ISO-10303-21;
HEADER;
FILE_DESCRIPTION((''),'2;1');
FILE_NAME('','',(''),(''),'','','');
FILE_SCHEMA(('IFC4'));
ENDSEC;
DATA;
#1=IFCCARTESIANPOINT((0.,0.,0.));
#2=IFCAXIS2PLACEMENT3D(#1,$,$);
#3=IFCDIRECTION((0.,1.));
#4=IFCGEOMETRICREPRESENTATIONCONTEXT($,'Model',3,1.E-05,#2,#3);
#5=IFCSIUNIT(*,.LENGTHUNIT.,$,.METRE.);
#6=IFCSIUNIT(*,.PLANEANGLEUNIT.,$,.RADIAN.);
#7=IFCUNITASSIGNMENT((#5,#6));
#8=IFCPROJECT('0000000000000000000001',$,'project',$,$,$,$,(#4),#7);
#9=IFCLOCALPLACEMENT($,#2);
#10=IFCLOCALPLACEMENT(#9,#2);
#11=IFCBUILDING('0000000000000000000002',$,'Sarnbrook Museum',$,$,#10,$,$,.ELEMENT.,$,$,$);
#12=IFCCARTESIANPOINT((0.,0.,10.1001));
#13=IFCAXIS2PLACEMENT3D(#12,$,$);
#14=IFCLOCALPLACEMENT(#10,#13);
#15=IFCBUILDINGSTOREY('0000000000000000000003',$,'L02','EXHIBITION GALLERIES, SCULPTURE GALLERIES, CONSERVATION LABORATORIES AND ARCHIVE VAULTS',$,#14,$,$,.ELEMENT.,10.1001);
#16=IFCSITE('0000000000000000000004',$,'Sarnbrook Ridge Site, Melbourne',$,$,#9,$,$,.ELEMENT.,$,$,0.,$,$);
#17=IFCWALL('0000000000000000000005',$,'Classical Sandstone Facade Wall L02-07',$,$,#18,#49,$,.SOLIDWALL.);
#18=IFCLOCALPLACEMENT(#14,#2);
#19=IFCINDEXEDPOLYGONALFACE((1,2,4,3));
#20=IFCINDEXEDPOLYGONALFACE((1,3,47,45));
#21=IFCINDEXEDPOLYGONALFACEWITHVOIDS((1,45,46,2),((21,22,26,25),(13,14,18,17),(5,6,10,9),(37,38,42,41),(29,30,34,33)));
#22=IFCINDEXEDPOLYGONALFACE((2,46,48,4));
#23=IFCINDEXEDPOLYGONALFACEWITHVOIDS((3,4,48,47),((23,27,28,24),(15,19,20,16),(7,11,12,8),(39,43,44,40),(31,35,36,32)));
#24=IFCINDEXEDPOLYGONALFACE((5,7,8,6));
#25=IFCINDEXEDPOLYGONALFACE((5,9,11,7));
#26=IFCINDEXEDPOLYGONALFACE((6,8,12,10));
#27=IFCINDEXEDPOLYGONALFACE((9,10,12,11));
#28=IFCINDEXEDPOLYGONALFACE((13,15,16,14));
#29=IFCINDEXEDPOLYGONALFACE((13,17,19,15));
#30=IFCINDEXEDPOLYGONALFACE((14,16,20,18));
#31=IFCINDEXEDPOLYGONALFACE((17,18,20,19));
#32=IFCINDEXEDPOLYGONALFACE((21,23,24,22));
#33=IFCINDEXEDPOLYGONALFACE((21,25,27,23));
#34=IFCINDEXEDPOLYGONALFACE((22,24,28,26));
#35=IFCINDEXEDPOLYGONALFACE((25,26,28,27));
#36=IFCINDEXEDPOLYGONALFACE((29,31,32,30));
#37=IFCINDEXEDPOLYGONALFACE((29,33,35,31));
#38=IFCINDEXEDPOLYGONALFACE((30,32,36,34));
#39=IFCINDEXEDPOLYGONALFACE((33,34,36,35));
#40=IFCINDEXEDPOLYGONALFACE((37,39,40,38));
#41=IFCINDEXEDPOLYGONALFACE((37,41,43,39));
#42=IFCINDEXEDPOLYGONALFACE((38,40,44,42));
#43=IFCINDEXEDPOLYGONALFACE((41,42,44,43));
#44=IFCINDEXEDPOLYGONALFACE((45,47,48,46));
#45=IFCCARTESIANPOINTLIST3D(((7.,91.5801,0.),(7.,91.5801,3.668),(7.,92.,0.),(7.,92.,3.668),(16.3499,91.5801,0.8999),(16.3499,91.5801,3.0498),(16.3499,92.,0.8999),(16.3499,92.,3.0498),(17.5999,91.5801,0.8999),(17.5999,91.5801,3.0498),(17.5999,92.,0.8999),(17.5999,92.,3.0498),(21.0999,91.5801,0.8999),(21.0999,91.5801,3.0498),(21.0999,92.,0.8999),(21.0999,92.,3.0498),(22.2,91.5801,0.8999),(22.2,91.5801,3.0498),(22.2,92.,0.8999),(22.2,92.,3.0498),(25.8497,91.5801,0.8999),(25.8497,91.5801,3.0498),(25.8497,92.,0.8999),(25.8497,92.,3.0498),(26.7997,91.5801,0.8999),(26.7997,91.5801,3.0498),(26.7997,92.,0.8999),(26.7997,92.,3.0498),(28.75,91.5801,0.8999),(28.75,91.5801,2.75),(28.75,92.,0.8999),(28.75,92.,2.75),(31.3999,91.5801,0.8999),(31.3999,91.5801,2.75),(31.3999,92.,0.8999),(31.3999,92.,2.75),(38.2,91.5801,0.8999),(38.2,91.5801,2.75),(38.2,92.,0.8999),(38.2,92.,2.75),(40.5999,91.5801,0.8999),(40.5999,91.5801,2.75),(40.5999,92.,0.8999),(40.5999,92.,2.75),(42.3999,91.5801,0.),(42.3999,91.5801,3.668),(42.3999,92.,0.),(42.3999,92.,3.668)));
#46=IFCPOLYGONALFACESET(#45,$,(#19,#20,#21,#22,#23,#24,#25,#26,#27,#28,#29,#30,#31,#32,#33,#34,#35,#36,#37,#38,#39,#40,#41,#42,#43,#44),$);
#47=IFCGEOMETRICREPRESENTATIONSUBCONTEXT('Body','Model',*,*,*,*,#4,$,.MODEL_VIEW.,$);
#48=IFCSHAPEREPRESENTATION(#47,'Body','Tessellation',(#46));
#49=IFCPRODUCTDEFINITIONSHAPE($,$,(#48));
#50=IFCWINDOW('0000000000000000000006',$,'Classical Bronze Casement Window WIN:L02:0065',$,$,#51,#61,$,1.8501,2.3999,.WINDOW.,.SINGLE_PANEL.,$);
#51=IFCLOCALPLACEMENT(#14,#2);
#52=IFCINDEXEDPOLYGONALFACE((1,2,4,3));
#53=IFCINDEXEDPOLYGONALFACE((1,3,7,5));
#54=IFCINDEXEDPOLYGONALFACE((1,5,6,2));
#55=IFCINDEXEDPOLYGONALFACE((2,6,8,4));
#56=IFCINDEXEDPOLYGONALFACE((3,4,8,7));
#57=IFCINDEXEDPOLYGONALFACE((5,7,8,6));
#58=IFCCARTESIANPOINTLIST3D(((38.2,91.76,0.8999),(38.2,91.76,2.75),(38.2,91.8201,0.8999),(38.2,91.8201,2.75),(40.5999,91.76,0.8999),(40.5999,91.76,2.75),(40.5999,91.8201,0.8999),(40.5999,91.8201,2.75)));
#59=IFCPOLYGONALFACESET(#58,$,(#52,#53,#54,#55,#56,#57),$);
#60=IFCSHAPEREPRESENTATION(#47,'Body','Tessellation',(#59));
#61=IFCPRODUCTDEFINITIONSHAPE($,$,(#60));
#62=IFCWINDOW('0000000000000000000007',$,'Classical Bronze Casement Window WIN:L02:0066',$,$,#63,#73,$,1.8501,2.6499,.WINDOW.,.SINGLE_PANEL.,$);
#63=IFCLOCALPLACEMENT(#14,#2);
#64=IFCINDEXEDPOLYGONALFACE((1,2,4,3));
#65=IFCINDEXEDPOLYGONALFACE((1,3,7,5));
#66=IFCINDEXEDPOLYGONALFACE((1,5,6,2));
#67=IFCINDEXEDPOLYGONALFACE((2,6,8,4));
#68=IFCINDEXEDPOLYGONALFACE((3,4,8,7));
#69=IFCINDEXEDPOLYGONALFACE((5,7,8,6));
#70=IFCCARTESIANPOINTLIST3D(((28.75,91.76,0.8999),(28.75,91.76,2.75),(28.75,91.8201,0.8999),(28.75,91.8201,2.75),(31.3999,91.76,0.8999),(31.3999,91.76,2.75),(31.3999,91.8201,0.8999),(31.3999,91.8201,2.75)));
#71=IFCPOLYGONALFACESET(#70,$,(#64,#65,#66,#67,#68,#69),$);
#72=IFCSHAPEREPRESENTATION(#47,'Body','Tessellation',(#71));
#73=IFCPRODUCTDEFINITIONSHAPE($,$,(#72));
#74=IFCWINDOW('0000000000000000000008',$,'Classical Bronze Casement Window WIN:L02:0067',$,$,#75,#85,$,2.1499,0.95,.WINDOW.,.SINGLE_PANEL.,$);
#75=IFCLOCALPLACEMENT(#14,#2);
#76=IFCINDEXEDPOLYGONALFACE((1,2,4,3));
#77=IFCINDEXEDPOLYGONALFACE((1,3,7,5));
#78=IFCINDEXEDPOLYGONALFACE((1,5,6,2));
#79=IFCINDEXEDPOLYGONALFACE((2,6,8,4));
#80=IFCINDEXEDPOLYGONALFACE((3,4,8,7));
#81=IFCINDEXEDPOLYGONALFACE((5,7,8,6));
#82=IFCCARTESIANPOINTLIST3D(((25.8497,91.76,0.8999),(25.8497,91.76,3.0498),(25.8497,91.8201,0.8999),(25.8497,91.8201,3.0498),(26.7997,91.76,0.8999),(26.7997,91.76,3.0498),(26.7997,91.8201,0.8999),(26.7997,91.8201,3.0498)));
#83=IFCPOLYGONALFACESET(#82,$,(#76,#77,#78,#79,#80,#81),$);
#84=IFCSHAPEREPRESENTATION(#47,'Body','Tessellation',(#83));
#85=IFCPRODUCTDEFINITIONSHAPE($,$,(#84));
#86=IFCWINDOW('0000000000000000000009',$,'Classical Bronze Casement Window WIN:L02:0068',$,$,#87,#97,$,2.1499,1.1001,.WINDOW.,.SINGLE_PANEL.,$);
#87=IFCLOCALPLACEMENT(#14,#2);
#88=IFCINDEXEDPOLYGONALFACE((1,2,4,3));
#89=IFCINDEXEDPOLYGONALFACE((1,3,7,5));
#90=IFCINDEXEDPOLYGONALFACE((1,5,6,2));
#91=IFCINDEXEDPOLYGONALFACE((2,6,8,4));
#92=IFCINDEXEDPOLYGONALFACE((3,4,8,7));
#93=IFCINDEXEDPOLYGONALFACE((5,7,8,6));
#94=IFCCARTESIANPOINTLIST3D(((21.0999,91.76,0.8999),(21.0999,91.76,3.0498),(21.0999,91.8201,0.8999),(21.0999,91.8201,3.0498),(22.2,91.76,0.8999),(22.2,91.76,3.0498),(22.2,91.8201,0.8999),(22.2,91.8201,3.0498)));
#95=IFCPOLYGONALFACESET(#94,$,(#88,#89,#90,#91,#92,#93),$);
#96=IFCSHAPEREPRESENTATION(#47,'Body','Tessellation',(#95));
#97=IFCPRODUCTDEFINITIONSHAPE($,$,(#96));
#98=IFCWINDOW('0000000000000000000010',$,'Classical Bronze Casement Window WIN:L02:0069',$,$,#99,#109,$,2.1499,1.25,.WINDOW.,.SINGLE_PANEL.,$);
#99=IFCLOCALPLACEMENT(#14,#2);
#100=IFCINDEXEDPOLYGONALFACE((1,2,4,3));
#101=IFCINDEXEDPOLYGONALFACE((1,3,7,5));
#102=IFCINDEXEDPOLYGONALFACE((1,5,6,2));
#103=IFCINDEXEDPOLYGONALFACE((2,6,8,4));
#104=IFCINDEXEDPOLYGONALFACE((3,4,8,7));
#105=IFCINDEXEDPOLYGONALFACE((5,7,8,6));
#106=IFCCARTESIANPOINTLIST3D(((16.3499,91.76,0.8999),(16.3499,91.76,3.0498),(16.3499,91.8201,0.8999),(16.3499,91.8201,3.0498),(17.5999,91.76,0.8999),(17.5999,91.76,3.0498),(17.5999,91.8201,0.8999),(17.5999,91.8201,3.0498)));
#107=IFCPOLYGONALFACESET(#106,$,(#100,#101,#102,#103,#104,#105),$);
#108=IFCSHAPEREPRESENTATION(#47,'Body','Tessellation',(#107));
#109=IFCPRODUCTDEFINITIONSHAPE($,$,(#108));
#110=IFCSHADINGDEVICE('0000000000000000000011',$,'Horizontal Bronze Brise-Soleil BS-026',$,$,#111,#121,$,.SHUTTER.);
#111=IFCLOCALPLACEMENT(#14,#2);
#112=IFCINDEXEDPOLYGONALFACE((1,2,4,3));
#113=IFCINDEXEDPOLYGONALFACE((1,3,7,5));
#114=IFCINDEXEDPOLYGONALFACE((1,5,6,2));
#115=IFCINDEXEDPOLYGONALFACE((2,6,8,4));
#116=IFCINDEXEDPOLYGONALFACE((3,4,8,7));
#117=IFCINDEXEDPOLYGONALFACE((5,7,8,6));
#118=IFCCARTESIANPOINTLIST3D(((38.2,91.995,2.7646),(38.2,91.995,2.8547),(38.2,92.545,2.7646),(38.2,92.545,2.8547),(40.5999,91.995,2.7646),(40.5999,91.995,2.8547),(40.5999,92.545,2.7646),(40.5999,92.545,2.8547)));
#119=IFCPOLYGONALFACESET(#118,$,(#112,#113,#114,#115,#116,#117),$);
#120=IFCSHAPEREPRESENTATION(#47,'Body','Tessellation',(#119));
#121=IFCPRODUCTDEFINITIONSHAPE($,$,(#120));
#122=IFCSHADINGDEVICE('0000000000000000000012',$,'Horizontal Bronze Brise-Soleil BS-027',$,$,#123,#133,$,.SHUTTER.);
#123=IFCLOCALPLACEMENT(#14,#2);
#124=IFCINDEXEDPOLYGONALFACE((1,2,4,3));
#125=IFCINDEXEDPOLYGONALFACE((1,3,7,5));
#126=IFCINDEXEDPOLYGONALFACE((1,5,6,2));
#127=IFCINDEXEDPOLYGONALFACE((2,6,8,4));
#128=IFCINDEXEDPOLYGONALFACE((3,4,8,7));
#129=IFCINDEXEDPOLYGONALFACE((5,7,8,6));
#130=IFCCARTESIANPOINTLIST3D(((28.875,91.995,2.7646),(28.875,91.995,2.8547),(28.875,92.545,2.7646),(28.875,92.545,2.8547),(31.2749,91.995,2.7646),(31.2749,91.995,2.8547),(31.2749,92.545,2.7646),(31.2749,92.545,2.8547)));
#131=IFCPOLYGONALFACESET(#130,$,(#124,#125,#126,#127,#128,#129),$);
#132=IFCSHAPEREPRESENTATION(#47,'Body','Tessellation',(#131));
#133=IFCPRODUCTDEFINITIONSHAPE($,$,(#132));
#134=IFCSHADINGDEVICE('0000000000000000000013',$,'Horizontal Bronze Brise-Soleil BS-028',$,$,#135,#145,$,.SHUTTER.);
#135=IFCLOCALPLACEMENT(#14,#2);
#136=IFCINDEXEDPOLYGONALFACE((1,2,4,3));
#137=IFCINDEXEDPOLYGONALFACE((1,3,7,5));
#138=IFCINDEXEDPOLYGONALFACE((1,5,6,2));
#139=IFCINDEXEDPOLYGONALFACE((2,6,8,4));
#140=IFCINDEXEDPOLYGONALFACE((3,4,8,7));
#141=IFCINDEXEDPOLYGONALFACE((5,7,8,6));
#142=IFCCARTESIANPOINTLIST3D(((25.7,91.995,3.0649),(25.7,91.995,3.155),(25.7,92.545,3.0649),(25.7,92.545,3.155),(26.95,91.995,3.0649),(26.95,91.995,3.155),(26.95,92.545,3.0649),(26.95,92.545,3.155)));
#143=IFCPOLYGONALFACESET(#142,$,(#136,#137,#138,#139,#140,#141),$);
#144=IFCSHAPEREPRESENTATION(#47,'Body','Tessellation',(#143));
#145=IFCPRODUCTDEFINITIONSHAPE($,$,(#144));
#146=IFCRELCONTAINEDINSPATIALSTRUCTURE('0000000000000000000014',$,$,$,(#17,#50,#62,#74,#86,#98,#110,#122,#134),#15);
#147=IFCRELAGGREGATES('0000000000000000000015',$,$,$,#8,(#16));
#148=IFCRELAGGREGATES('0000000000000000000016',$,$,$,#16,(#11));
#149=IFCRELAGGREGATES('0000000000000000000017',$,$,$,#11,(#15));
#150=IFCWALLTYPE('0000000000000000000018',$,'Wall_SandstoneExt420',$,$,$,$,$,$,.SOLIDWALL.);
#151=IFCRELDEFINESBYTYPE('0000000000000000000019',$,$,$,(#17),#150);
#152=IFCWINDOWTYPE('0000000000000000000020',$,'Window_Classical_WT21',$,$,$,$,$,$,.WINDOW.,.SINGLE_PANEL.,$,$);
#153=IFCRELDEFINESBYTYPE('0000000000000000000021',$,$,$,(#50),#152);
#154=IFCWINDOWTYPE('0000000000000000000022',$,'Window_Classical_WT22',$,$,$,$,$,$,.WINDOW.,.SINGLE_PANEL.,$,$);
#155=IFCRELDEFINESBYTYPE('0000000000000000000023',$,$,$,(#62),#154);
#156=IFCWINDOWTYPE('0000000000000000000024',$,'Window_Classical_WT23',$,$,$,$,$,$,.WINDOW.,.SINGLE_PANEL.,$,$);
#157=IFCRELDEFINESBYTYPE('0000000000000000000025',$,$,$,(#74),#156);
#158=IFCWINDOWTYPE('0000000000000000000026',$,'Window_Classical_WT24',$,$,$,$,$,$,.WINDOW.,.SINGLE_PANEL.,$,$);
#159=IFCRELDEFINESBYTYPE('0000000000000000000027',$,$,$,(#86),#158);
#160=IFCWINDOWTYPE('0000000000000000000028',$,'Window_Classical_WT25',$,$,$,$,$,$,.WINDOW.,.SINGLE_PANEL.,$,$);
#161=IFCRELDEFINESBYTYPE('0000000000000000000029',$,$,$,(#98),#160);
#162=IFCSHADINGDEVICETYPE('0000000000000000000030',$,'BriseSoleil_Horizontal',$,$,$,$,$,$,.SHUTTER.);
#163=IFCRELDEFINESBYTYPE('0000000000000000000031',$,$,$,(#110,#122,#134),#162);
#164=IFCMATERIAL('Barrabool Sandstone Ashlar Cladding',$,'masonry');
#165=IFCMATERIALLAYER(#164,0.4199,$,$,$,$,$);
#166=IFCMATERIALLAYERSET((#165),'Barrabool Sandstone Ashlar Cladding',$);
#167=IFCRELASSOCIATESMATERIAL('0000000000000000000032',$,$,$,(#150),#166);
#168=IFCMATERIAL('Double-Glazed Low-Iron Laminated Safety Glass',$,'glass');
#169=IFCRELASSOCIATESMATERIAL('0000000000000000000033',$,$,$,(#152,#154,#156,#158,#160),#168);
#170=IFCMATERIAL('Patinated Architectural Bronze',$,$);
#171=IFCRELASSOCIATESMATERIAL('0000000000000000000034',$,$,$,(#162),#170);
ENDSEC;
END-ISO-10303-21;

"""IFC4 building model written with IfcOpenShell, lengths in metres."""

from ifc_helpers import new_model, si_unit, direction, frame, frame_2d, origin, origin_2d, place, context, subcontext, project, spatial, rectangle, extrude, material, layer, layer_set, type_object, element, fill, save


model = new_model("IFC4")

# Units and contexts
model_context = context("Model", 3, precision=1e-05, world=origin(), true_north=direction((0.0, 1.0)))
body_context = subcontext(model_context, "Body", "Model", "MODEL_VIEW")
ifc_project = project(units=[si_unit("LENGTHUNIT", "METRE"), si_unit("PLANEANGLEUNIT", "RADIAN")], contexts=[model_context])

# Site, building, storey
site_placement = place(None, origin())
site = spatial("IfcSite", under=ifc_project, at=site_placement, Name="Sarnbrook Ridge Site, Melbourne", CompositionType="ELEMENT", RefElevation=0.0)
building_placement = place(site_placement, origin())
building = spatial("IfcBuilding", under=site, at=building_placement, Name="Sarnbrook Museum", CompositionType="ELEMENT")
storey_placement = place(building_placement, frame((0.0, 0.0, 10.1001)))
storey = spatial("IfcBuildingStorey", under=building, at=storey_placement, Name="L02", Description="EXHIBITION GALLERIES, SCULPTURE GALLERIES, CONSERVATION LABORATORIES AND ARCHIVE VAULTS", CompositionType="ELEMENT", Elevation=10.1001)

# Wall, openings, windows
ifc_material_1 = material(Name="Barrabool Sandstone Ashlar Cladding", Category="masonry")
ifc_layer_1 = layer(ifc_material_1, 0.4199)
ifc_layer_set_1 = layer_set([ifc_layer_1], Name="Barrabool Sandstone Ashlar Cladding")
wall_type_1 = type_object("IfcWallType", Name="Wall_SandstoneExt420", PredefinedType="SOLIDWALL", material=ifc_layer_set_1)
wall_1_placement = place(storey_placement, frame((42.3999, 91.79, 0.0), z_axis=(0.0, 0.0, 1.0), x_axis=(-1.0, 0.0, 0.0)))
wall_1 = element("IfcWall", 1, at=wall_1_placement, inside=storey, type_object=wall_type_1, Name="Classical Sandstone Facade Wall L02-07", PredefinedType="SOLIDWALL", context=body_context, shape_type="SweptSolid", body=[
    extrude(rectangle(XDim=35.3999, YDim=0.4199, at=frame_2d((17.7, 0.0))), origin(), (0.0, 0.0, 1.0), 3.668),
])
opening_1_placement = place(wall_1_placement, frame((1.8, 0.0, 0.8999)))
opening_1 = element("IfcOpeningElement", 2, at=opening_1_placement, cuts=wall_1, PredefinedType="OPENING", context=body_context, shape_type="SweptSolid", body=[
    extrude(rectangle(XDim=2.3999, YDim=1.8501, at=frame_2d((1.2, 0.925))), frame((0.0, 0.22, 0.0), z_axis=(0.0, -1.0, 0.0), x_axis=(1.0, 0.0, 0.0)), (0.0, 0.0, 1.0), 0.4399),
])
opening_2_placement = place(wall_1_placement, frame((11.0, 0.0, 0.8999)))
opening_2 = element("IfcOpeningElement", 3, at=opening_2_placement, cuts=wall_1, PredefinedType="OPENING", context=body_context, shape_type="SweptSolid", body=[
    extrude(rectangle(XDim=2.6499, YDim=1.8501, at=frame_2d((1.325, 0.925))), frame((0.0, 0.22, 0.0), z_axis=(0.0, -1.0, 0.0), x_axis=(1.0, 0.0, 0.0)), (0.0, 0.0, 1.0), 0.4399),
])
opening_3_placement = place(wall_1_placement, frame((15.6001, 0.0, 0.8999)))
opening_3 = element("IfcOpeningElement", 4, at=opening_3_placement, cuts=wall_1, PredefinedType="OPENING", context=body_context, shape_type="SweptSolid", body=[
    extrude(rectangle(XDim=0.95, YDim=2.1499, at=frame_2d((0.4751, 1.075))), frame((0.0, 0.22, 0.0), z_axis=(0.0, -1.0, 0.0), x_axis=(1.0, 0.0, 0.0)), (0.0, 0.0, 1.0), 0.4399),
])
opening_4_placement = place(wall_1_placement, frame((20.2, 0.0, 0.8999)))
opening_4 = element("IfcOpeningElement", 5, at=opening_4_placement, cuts=wall_1, PredefinedType="OPENING", context=body_context, shape_type="SweptSolid", body=[
    extrude(rectangle(XDim=1.1001, YDim=2.1499, at=frame_2d((0.55, 1.075))), frame((0.0, 0.22, 0.0), z_axis=(0.0, -1.0, 0.0), x_axis=(1.0, 0.0, 0.0)), (0.0, 0.0, 1.0), 0.4399),
])
opening_5_placement = place(wall_1_placement, frame((24.8, 0.0, 0.8999)))
opening_5 = element("IfcOpeningElement", 6, at=opening_5_placement, cuts=wall_1, PredefinedType="OPENING", context=body_context, shape_type="SweptSolid", body=[
    extrude(rectangle(XDim=1.25, YDim=2.1499, at=frame_2d((0.625, 1.075))), frame((0.0, 0.22, 0.0), z_axis=(0.0, -1.0, 0.0), x_axis=(1.0, 0.0, 0.0)), (0.0, 0.0, 1.0), 0.4399),
])
ifc_material_2 = material(Name="Double-Glazed Low-Iron Laminated Safety Glass", Category="glass")
window_type_1 = type_object("IfcWindowType", Name="Window_Classical_WT21", PartitioningType="SINGLE_PANEL", PredefinedType="WINDOW", material=ifc_material_2)
window_1_placement = place(opening_1_placement, origin())
window_1 = element("IfcWindow", 7, at=window_1_placement, inside=storey, type_object=window_type_1, Name="Classical Bronze Casement Window WIN:L02:0065", OverallHeight=1.8501, OverallWidth=2.3999, PartitioningType="SINGLE_PANEL", PredefinedType="WINDOW", context=body_context, shape_type="SweptSolid", body=[
    extrude(rectangle(XDim=2.3999, YDim=1.8501, at=frame_2d((1.2, 0.925))), frame((0.0, 0.03, 0.0), z_axis=(0.0, -1.0, 0.0), x_axis=(1.0, 0.0, 0.0)), (0.0, 0.0, 1.0), 0.0601),
])
fill(opening_1, window_1)
window_type_2 = type_object("IfcWindowType", Name="Window_Classical_WT22", PartitioningType="SINGLE_PANEL", PredefinedType="WINDOW", material=ifc_material_2)
window_2_placement = place(opening_2_placement, origin())
window_2 = element("IfcWindow", 8, at=window_2_placement, inside=storey, type_object=window_type_2, Name="Classical Bronze Casement Window WIN:L02:0066", OverallHeight=1.8501, OverallWidth=2.6499, PartitioningType="SINGLE_PANEL", PredefinedType="WINDOW", context=body_context, shape_type="SweptSolid", body=[
    extrude(rectangle(XDim=2.6499, YDim=1.8501, at=frame_2d((1.325, 0.925))), frame((0.0, 0.03, 0.0), z_axis=(0.0, -1.0, 0.0), x_axis=(1.0, 0.0, 0.0)), (0.0, 0.0, 1.0), 0.0601),
])
fill(opening_2, window_2)
window_type_3 = type_object("IfcWindowType", Name="Window_Classical_WT23", PartitioningType="SINGLE_PANEL", PredefinedType="WINDOW", material=ifc_material_2)
window_3_placement = place(opening_3_placement, origin())
window_3 = element("IfcWindow", 9, at=window_3_placement, inside=storey, type_object=window_type_3, Name="Classical Bronze Casement Window WIN:L02:0067", OverallHeight=2.1499, OverallWidth=0.95, PartitioningType="SINGLE_PANEL", PredefinedType="WINDOW", context=body_context, shape_type="SweptSolid", body=[
    extrude(rectangle(XDim=0.95, YDim=2.1499, at=frame_2d((0.4751, 1.075))), frame((0.0, 0.03, 0.0), z_axis=(0.0, -1.0, 0.0), x_axis=(1.0, 0.0, 0.0)), (0.0, 0.0, 1.0), 0.0601),
])
fill(opening_3, window_3)
window_type_4 = type_object("IfcWindowType", Name="Window_Classical_WT24", PartitioningType="SINGLE_PANEL", PredefinedType="WINDOW", material=ifc_material_2)
window_4_placement = place(opening_4_placement, origin())
window_4 = element("IfcWindow", 10, at=window_4_placement, inside=storey, type_object=window_type_4, Name="Classical Bronze Casement Window WIN:L02:0068", OverallHeight=2.1499, OverallWidth=1.1001, PartitioningType="SINGLE_PANEL", PredefinedType="WINDOW", context=body_context, shape_type="SweptSolid", body=[
    extrude(rectangle(XDim=1.1001, YDim=2.1499, at=frame_2d((0.55, 1.075))), frame((0.0, 0.03, 0.0), z_axis=(0.0, -1.0, 0.0), x_axis=(1.0, 0.0, 0.0)), (0.0, 0.0, 1.0), 0.0601),
])
fill(opening_4, window_4)
window_type_5 = type_object("IfcWindowType", Name="Window_Classical_WT25", PartitioningType="SINGLE_PANEL", PredefinedType="WINDOW", material=ifc_material_2)
window_5_placement = place(opening_5_placement, origin())
window_5 = element("IfcWindow", 11, at=window_5_placement, inside=storey, type_object=window_type_5, Name="Classical Bronze Casement Window WIN:L02:0069", OverallHeight=2.1499, OverallWidth=1.25, PartitioningType="SINGLE_PANEL", PredefinedType="WINDOW", context=body_context, shape_type="SweptSolid", body=[
    extrude(rectangle(XDim=1.25, YDim=2.1499, at=frame_2d((0.625, 1.075))), frame((0.0, 0.03, 0.0), z_axis=(0.0, -1.0, 0.0), x_axis=(1.0, 0.0, 0.0)), (0.0, 0.0, 1.0), 0.0601),
])
fill(opening_5, window_5)

# Shading devices
ifc_material_3 = material(Name="Patinated Architectural Bronze")
shading_device_type = type_object("IfcShadingDeviceType", Name="BriseSoleil_Horizontal", PredefinedType="SHUTTER", material=ifc_material_3)
for number, where, z_axis, x_axis, name in (
    (12, (39.3999, 92.27, 2.7646), (0.0, 0.0, 1.0), (1.0, 0.0, 0.0), "Horizontal Bronze Brise-Soleil BS-026"),
    (13, (30.075, 92.27, 2.7646), (0.0, 0.0, 1.0), (1.0, 0.0, 0.0), "Horizontal Bronze Brise-Soleil BS-027"),
):
    element("IfcShadingDevice", number, at=place(storey_placement, frame(where, z_axis=z_axis, x_axis=x_axis)), inside=storey, type_object=shading_device_type, Name=name, PredefinedType="SHUTTER", context=body_context, shape_type="SweptSolid", body=[
        extrude(rectangle(XDim=2.3999, YDim=0.55, at=origin_2d()), origin(), (0.0, 0.0, 1.0), 0.0901),
    ])
shading_device_placement = place(storey_placement, frame((26.325, 92.27, 3.0649), z_axis=(0.0, 0.0, 1.0), x_axis=(1.0, 0.0, 0.0)))
element("IfcShadingDevice", 14, at=shading_device_placement, inside=storey, type_object=shading_device_type, Name="Horizontal Bronze Brise-Soleil BS-028", PredefinedType="SHUTTER", context=body_context, shape_type="SweptSolid", body=[
    extrude(rectangle(XDim=1.25, YDim=0.55, at=origin_2d()), origin(), (0.0, 0.0, 1.0), 0.0901),
])

save(model, "model.ifc")
